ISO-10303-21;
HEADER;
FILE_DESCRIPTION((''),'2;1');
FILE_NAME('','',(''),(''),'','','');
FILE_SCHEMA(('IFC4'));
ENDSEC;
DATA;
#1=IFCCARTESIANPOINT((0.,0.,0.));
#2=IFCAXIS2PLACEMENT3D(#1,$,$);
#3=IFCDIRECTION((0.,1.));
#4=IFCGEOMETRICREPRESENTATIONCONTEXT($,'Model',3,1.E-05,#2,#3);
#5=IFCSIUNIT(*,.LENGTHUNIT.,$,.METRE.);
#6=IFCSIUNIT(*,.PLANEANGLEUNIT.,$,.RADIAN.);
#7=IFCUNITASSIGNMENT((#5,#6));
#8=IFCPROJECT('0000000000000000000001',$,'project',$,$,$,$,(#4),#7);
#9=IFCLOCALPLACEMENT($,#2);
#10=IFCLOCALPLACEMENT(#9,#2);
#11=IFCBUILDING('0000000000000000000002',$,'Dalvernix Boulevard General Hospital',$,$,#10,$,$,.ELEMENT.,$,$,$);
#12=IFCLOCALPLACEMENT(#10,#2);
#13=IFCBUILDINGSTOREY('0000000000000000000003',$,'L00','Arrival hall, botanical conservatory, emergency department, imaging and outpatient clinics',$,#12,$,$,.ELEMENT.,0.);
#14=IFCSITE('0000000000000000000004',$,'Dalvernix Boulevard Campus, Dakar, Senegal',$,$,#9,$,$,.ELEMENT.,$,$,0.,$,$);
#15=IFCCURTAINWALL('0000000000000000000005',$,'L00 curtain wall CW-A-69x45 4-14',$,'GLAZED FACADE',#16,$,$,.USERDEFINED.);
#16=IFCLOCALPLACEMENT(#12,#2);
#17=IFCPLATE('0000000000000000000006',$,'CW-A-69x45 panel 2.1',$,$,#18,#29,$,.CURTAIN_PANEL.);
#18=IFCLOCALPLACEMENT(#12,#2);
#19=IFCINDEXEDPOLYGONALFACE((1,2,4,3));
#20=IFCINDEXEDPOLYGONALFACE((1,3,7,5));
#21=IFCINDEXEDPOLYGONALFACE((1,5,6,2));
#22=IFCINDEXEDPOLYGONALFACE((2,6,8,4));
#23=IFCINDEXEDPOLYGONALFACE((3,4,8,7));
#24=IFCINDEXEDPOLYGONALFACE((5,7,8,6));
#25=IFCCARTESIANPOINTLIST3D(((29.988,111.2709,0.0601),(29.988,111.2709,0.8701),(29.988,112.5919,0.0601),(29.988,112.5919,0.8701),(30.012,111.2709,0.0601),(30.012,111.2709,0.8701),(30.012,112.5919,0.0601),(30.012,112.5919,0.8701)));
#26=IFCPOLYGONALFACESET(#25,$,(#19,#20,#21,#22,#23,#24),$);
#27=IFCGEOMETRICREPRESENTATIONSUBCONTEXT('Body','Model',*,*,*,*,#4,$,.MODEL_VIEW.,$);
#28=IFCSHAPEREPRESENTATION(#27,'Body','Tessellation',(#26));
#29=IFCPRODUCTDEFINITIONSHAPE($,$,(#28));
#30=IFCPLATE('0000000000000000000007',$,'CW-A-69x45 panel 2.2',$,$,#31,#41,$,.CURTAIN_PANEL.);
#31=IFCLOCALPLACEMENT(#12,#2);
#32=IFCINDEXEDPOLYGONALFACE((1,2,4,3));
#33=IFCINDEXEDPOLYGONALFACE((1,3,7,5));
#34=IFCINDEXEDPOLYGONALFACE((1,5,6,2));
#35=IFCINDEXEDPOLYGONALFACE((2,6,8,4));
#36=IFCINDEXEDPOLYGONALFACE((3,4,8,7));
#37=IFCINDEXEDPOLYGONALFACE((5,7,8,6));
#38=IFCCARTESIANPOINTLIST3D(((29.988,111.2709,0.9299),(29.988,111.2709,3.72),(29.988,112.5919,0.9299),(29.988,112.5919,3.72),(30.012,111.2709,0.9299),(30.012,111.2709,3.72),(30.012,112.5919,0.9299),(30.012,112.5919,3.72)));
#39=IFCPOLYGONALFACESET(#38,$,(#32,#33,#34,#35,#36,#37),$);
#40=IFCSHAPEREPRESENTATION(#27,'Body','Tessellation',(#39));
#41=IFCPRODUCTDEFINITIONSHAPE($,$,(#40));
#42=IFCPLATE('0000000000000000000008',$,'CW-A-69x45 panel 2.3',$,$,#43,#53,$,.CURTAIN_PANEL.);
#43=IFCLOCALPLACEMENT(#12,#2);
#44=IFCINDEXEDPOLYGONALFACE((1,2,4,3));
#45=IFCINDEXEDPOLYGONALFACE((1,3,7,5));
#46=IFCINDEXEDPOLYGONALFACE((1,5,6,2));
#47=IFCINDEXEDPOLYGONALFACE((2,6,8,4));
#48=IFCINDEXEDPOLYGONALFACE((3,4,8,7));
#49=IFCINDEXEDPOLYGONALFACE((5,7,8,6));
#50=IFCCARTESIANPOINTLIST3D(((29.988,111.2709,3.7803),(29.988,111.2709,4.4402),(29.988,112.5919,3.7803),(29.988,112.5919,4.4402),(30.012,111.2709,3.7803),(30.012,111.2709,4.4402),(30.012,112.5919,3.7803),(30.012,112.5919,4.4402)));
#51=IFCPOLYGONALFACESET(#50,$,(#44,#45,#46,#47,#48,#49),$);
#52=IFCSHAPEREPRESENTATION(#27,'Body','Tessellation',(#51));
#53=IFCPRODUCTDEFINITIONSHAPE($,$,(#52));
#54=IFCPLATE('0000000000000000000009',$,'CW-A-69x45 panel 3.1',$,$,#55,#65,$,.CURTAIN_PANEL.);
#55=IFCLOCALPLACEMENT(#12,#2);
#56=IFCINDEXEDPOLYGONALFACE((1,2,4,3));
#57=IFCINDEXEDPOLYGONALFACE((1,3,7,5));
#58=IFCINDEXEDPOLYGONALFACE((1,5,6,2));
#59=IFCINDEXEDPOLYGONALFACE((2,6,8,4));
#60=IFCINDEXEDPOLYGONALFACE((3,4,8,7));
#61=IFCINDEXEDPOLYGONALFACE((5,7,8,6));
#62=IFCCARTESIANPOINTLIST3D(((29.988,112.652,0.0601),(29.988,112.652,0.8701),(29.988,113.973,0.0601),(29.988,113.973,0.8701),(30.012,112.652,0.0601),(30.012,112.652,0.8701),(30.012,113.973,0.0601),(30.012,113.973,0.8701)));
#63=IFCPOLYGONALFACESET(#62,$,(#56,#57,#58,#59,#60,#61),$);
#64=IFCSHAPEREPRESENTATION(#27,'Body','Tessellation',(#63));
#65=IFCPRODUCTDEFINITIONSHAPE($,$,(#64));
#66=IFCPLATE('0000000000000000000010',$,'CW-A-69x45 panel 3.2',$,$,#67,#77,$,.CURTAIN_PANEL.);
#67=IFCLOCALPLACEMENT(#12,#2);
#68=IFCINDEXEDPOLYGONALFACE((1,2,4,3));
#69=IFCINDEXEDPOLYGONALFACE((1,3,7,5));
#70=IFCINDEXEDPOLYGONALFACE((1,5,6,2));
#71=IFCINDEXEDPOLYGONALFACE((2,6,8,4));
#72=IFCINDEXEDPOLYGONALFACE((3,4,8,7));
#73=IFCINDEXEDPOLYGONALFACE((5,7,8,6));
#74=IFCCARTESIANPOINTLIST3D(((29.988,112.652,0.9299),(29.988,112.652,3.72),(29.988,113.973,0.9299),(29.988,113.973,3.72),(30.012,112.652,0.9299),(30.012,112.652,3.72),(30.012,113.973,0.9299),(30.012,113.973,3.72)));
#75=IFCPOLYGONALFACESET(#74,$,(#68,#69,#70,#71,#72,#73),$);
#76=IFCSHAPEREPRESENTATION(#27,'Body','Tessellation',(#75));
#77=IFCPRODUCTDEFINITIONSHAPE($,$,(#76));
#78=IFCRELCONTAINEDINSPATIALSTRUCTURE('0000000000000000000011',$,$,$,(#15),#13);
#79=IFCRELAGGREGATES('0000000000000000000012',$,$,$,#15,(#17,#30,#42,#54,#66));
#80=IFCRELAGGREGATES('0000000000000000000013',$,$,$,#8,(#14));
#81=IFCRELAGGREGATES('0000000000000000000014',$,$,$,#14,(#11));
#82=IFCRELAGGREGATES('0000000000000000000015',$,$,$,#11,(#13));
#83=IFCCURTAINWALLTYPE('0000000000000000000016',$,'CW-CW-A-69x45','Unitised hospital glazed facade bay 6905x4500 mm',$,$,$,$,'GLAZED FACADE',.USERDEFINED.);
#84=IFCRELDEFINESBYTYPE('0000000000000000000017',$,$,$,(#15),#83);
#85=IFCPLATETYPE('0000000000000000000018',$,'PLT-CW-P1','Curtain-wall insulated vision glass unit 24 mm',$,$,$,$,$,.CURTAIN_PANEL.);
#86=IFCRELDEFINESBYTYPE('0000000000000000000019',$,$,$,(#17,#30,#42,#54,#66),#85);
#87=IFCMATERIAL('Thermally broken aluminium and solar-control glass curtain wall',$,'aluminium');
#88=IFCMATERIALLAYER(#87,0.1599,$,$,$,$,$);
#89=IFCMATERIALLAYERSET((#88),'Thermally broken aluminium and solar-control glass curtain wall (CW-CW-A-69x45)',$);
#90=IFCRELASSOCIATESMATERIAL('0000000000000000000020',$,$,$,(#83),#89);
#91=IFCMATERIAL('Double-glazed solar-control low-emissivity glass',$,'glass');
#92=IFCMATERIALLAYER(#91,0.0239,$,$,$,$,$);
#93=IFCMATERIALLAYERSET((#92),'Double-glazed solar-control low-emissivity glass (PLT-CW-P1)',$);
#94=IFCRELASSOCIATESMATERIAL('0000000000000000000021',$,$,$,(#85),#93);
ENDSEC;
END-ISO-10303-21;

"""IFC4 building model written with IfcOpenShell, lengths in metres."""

from ifc_helpers import new_model, si_unit, direction, frame, origin, origin_2d, place, context, subcontext, project, spatial, rectangle, extrude, material, layer, layer_set, type_object, element, aggregate, save


model = new_model("IFC4")

# Units and contexts
model_context = context("Model", 3, precision=1e-05, world=origin(), true_north=direction((0.0, 1.0)))
body_context = subcontext(model_context, "Body", "Model", "MODEL_VIEW")
ifc_project = project(units=[si_unit("LENGTHUNIT", "METRE"), si_unit("PLANEANGLEUNIT", "RADIAN")], contexts=[model_context])

# Site, building, storey
site_placement = place(None, origin())
site = spatial("IfcSite", under=ifc_project, at=site_placement, Name="Dalvernix Boulevard Campus, Dakar, Senegal", CompositionType="ELEMENT", RefElevation=0.0)
building_placement = place(site_placement, origin())
building = spatial("IfcBuilding", under=site, at=building_placement, Name="Dalvernix Boulevard General Hospital", CompositionType="ELEMENT")
storey_placement = place(building_placement, origin())
storey = spatial("IfcBuildingStorey", under=building, at=storey_placement, Name="L00", Description="Arrival hall, botanical conservatory, emergency department, imaging and outpatient clinics", CompositionType="ELEMENT", Elevation=0.0)

# Curtain wall, plates
ifc_material_1 = material(Name="Thermally broken aluminium and solar-control glass curtain wall", Category="aluminium")
ifc_layer_1 = layer(ifc_material_1, 0.1599)
ifc_layer_set_1 = layer_set([ifc_layer_1], Name="Thermally broken aluminium and solar-control glass curtain wall (CW-CW-A-69x45)")
curtain_wall_type = type_object("IfcCurtainWallType", Name="CW-CW-A-69x45", Description="Unitised hospital glazed facade bay 6905x4500 mm", ElementType="GLAZED FACADE", PredefinedType="USERDEFINED", material=ifc_layer_set_1)
curtain_wall_placement = place(storey_placement, origin())
curtain_wall = element("IfcCurtainWall", 1, at=curtain_wall_placement, inside=storey, type_object=curtain_wall_type, Name="L00 curtain wall CW-A-69x45 4-14", ObjectType="GLAZED FACADE", PredefinedType="USERDEFINED")
ifc_material_2 = material(Name="Double-glazed solar-control low-emissivity glass", Category="glass")
ifc_layer_2 = layer(ifc_material_2, 0.0239)
ifc_layer_set_2 = layer_set([ifc_layer_2], Name="Double-glazed solar-control low-emissivity glass (PLT-CW-P1)")
plate_type = type_object("IfcPlateType", Name="PLT-CW-P1", Description="Curtain-wall insulated vision glass unit 24 mm", PredefinedType="CURTAIN_PANEL", material=ifc_layer_set_2)
plate_1_placement = place(storey_placement, frame((30.0, 111.9314, 0.0601), z_axis=(0.0, 0.0, 1.0), x_axis=(0.0, 1.0, 0.0)))
plate_1 = element("IfcPlate", 2, at=plate_1_placement, type_object=plate_type, Name="CW-A-69x45 panel 2.1", PredefinedType="CURTAIN_PANEL", context=body_context, shape_type="SweptSolid", body=[
    extrude(rectangle(XDim=1.321, YDim=0.0239, at=origin_2d()), origin(), (0.0, 0.0, 1.0), 0.8101),
])
plate_2_placement = place(storey_placement, frame((30.0, 111.9314, 0.9299), z_axis=(0.0, 0.0, 1.0), x_axis=(0.0, 1.0, 0.0)))
plate_2 = element("IfcPlate", 3, at=plate_2_placement, type_object=plate_type, Name="CW-A-69x45 panel 2.2", PredefinedType="CURTAIN_PANEL", context=body_context, shape_type="SweptSolid", body=[
    extrude(rectangle(XDim=1.321, YDim=0.0239, at=origin_2d()), origin(), (0.0, 0.0, 1.0), 2.79),
])
plate_3_placement = place(storey_placement, frame((30.0, 111.9314, 3.7803), z_axis=(0.0, 0.0, 1.0), x_axis=(0.0, 1.0, 0.0)))
plate_3 = element("IfcPlate", 4, at=plate_3_placement, type_object=plate_type, Name="CW-A-69x45 panel 2.3", PredefinedType="CURTAIN_PANEL", context=body_context, shape_type="SweptSolid", body=[
    extrude(rectangle(XDim=1.321, YDim=0.0239, at=origin_2d()), origin(), (0.0, 0.0, 1.0), 0.6599),
])
plate_4_placement = place(storey_placement, frame((30.0, 113.3125, 0.0601), z_axis=(0.0, 0.0, 1.0), x_axis=(0.0, 1.0, 0.0)))
plate_4 = element("IfcPlate", 5, at=plate_4_placement, type_object=plate_type, Name="CW-A-69x45 panel 3.1", PredefinedType="CURTAIN_PANEL", context=body_context, shape_type="SweptSolid", body=[
    extrude(rectangle(XDim=1.321, YDim=0.0239, at=origin_2d()), origin(), (0.0, 0.0, 1.0), 0.8101),
])
plate_5_placement = place(storey_placement, frame((30.0, 113.3125, 0.9299), z_axis=(0.0, 0.0, 1.0), x_axis=(0.0, 1.0, 0.0)))
plate_5 = element("IfcPlate", 6, at=plate_5_placement, type_object=plate_type, Name="CW-A-69x45 panel 3.2", PredefinedType="CURTAIN_PANEL", context=body_context, shape_type="SweptSolid", body=[
    extrude(rectangle(XDim=1.321, YDim=0.0239, at=origin_2d()), origin(), (0.0, 0.0, 1.0), 2.79),
])
aggregate(curtain_wall, [plate_1, plate_2, plate_3, plate_4, plate_5])

save(model, "model.ifc")
